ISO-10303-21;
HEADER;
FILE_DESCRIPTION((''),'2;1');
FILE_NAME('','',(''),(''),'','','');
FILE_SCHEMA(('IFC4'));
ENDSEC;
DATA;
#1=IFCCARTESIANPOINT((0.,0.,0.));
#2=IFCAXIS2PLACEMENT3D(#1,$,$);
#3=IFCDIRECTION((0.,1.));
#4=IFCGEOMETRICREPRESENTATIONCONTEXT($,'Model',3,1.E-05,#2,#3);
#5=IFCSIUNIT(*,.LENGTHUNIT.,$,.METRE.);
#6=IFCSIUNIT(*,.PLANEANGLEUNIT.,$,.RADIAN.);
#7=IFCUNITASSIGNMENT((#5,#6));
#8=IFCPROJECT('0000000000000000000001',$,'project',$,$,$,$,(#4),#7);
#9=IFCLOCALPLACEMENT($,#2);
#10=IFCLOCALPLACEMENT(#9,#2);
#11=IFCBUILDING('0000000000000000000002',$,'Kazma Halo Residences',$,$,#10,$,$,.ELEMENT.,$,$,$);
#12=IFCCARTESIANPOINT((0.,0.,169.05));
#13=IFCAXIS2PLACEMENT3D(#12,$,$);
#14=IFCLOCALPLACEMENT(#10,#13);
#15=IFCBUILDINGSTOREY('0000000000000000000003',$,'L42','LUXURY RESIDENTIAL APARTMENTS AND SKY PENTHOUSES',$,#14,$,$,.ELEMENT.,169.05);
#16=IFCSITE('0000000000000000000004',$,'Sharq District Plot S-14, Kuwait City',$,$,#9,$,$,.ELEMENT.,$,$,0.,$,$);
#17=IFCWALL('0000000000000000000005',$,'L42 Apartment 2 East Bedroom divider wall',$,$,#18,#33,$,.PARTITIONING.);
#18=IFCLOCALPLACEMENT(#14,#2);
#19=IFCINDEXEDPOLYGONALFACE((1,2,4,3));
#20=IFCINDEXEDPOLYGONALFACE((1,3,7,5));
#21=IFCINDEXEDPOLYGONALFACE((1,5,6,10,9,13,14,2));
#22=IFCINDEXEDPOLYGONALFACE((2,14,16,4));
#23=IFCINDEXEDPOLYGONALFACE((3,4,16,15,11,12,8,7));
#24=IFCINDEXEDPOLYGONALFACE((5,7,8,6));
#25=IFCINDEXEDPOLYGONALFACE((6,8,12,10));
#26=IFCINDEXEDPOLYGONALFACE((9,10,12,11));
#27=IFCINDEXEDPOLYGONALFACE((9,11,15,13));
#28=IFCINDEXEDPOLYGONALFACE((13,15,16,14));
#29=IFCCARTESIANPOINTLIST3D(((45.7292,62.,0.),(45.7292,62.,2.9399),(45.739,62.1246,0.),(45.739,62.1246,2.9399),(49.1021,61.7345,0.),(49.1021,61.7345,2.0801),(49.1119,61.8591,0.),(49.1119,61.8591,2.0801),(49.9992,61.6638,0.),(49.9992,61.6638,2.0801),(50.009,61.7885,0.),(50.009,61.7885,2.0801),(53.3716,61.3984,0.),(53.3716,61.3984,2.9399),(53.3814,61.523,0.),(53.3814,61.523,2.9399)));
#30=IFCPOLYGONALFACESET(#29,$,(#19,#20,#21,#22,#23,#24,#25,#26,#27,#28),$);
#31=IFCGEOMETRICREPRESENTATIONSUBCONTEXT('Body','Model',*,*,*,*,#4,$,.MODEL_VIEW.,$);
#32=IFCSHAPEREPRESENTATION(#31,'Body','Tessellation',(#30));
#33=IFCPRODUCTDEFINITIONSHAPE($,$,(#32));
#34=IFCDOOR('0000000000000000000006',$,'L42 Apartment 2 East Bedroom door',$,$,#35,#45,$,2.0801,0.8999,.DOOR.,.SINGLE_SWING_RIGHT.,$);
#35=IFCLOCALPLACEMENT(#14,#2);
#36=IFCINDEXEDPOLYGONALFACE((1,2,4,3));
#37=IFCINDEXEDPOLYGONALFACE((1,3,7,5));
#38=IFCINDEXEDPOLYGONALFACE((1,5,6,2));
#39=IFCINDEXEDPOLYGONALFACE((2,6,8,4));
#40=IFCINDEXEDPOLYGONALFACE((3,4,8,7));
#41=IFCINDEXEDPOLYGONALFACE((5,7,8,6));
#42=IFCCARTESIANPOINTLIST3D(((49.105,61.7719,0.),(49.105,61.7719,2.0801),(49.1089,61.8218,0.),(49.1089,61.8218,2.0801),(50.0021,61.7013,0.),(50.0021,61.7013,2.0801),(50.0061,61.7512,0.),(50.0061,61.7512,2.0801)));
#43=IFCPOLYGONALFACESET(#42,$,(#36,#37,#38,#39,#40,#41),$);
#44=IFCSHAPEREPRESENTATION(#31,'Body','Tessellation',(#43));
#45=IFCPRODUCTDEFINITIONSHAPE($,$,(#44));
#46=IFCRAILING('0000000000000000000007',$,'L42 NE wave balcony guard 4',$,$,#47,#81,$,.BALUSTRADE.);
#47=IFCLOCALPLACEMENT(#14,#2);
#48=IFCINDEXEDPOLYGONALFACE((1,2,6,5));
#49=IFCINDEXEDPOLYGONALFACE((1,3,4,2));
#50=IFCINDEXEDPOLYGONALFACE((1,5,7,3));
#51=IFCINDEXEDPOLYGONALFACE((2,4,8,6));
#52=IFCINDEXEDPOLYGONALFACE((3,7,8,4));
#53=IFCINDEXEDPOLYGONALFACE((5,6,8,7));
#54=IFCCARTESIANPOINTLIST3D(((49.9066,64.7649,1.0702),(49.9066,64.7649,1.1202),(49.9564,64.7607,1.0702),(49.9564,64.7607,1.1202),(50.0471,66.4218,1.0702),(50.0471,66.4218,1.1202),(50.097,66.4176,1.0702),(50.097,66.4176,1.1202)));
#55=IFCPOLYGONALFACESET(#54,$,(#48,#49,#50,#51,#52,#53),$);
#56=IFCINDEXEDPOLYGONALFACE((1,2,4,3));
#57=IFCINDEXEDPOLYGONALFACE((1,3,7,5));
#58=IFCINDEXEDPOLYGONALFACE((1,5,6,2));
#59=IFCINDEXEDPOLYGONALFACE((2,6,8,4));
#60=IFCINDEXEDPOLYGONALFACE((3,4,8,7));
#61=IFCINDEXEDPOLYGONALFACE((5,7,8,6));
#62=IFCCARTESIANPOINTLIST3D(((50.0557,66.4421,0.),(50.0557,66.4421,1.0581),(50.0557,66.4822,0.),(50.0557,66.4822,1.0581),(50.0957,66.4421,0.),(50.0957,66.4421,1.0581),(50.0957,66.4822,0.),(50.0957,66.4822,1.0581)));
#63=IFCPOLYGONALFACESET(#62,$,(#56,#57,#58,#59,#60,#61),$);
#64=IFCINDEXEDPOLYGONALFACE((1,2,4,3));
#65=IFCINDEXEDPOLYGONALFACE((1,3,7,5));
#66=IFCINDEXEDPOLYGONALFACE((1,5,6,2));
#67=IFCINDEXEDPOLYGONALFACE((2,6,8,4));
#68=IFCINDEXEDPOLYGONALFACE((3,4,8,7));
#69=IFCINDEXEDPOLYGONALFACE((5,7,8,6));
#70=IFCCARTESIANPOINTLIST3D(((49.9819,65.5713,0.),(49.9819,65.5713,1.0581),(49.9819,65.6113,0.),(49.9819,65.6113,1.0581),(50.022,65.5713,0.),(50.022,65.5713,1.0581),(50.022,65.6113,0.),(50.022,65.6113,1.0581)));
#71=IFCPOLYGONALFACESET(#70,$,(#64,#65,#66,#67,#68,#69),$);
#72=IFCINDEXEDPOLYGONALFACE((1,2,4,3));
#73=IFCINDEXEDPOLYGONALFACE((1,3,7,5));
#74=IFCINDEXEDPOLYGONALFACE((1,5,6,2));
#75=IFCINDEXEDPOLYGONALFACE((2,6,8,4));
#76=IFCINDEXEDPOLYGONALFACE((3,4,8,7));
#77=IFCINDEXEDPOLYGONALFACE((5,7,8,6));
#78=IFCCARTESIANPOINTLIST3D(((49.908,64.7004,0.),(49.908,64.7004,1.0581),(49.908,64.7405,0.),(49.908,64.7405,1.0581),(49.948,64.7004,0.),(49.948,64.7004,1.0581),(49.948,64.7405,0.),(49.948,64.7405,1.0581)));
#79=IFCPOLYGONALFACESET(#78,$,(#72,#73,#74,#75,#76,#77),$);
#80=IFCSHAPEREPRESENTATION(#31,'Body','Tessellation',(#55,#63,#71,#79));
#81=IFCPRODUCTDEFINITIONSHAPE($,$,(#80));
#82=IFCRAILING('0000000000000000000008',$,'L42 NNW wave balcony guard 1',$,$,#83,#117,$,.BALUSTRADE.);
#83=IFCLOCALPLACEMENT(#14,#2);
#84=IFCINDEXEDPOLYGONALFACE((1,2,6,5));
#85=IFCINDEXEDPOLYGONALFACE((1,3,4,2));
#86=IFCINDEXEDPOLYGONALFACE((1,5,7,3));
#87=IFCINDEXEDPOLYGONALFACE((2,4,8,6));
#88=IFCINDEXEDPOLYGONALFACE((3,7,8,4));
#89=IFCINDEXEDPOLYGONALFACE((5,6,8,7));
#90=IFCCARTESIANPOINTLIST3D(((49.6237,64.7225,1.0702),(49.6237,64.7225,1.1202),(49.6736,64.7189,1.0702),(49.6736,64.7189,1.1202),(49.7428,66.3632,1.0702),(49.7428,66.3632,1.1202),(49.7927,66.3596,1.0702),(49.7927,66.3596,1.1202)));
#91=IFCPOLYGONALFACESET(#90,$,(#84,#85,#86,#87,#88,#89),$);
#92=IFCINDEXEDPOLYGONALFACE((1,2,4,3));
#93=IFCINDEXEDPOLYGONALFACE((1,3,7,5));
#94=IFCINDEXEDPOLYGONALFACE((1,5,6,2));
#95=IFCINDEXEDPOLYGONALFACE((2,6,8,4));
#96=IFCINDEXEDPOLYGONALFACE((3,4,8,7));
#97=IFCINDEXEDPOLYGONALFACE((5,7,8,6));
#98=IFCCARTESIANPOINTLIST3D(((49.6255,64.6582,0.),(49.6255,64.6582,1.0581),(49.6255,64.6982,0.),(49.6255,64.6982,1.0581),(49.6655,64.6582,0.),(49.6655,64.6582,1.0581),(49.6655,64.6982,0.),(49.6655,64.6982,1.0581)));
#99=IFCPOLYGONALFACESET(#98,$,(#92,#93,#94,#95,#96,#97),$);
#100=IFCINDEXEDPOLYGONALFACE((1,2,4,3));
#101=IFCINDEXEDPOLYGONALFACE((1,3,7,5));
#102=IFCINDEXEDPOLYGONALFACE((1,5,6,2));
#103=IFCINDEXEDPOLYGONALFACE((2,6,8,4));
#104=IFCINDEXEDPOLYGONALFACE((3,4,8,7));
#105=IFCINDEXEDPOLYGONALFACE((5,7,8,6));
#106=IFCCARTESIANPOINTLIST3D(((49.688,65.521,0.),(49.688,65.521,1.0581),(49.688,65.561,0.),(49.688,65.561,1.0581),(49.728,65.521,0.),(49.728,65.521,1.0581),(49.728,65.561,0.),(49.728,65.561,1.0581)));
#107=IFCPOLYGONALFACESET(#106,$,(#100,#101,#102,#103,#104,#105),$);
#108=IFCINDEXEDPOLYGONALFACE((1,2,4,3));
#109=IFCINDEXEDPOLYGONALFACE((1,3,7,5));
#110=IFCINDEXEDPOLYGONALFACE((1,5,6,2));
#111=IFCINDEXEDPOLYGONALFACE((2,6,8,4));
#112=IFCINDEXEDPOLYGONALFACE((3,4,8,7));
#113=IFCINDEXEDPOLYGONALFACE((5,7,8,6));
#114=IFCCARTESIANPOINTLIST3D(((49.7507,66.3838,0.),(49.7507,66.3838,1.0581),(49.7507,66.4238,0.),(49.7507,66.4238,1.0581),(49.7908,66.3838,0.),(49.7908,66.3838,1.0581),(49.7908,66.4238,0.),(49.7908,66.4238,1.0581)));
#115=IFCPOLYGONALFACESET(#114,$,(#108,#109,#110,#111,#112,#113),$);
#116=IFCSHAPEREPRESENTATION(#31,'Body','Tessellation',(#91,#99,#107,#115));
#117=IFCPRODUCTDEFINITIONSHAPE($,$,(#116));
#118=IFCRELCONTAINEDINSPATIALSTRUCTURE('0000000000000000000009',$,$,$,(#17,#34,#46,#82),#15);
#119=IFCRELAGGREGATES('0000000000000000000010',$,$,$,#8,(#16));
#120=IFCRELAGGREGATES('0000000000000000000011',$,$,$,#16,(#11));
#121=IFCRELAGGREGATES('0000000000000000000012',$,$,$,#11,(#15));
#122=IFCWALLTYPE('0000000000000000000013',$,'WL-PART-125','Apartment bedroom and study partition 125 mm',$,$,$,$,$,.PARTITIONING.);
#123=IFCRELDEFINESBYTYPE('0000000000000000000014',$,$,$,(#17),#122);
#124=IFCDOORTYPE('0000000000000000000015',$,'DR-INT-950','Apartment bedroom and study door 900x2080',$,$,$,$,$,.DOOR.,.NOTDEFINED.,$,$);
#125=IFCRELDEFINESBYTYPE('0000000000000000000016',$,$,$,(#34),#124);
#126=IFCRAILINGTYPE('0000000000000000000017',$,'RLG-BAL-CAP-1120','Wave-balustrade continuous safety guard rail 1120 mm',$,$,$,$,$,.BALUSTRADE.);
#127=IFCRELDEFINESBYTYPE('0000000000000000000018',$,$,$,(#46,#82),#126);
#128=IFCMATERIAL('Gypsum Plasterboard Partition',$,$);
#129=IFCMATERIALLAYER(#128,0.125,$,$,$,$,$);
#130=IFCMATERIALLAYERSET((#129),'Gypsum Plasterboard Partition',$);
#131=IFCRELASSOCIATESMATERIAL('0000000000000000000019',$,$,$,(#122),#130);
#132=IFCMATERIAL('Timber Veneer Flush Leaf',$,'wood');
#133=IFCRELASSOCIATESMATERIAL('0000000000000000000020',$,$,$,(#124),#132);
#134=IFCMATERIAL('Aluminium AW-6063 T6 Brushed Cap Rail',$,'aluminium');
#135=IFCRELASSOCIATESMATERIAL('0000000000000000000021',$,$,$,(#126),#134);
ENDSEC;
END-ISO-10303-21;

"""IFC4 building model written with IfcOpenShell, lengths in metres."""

from ifc_helpers import new_model, si_unit, direction, frame, frame_2d, origin, origin_2d, place, context, subcontext, project, spatial, rectangle, extrude, material, layer, layer_set, type_object, element, fill, save


model = new_model("IFC4")

# Units and contexts
model_context = context("Model", 3, precision=1e-05, world=origin(), true_north=direction((0.0, 1.0)))
body_context = subcontext(model_context, "Body", "Model", "MODEL_VIEW")
ifc_project = project(units=[si_unit("LENGTHUNIT", "METRE"), si_unit("PLANEANGLEUNIT", "RADIAN")], contexts=[model_context])

# Site, building, storey
site_placement = place(None, origin())
site = spatial("IfcSite", under=ifc_project, at=site_placement, Name="Sharq District Plot S-14, Kuwait City", CompositionType="ELEMENT", RefElevation=0.0)
building_placement = place(site_placement, origin())
building = spatial("IfcBuilding", under=site, at=building_placement, Name="Kazma Halo Residences", CompositionType="ELEMENT")
storey_placement = place(building_placement, frame((0.0, 0.0, 169.05)))
storey = spatial("IfcBuildingStorey", under=building, at=storey_placement, Name="L42", Description="LUXURY RESIDENTIAL APARTMENTS AND SKY PENTHOUSES", CompositionType="ELEMENT", Elevation=169.05)

# Shared definitions
ifc_material_1 = material(Name="Gypsum Plasterboard Partition")
ifc_layer_1 = layer(ifc_material_1, 0.125)
ifc_layer_set_1 = layer_set([ifc_layer_1], Name="Gypsum Plasterboard Partition")
wall_type_1 = type_object("IfcWallType", Name="WL-PART-125", Description="Apartment bedroom and study partition 125 mm", PredefinedType="PARTITIONING", material=ifc_layer_set_1)

# Wall, opening, door
ifc_material_2 = material(Name="Timber Veneer Flush Leaf", Category="wood")
door_type_1 = type_object("IfcDoorType", Name="DR-INT-950", Description="Apartment bedroom and study door 900x2080", OperationType="NOTDEFINED", PredefinedType="DOOR", material=ifc_material_2)
wall_1_placement = place(storey_placement, frame((53.3765, 61.4607, 0.0), z_axis=(0.0, 0.0, 1.0), x_axis=(-0.996916, 0.078472, 0.0)))
wall_1 = element("IfcWall", 1, at=wall_1_placement, inside=storey, type_object=wall_type_1, Name="L42 Apartment 2 East Bedroom divider wall", PredefinedType="PARTITIONING", context=body_context, shape_type="SweptSolid", body=[
    extrude(rectangle(XDim=7.666, YDim=0.125, at=frame_2d((3.833, 0.0))), origin(), (0.0, 0.0, 1.0), 2.9399),
])
opening_1_placement = place(wall_1_placement, frame((3.3828, 0.0, 0.0)))
opening_1 = element("IfcOpeningElement", 2, at=opening_1_placement, cuts=wall_1, PredefinedType="OPENING", context=body_context, shape_type="SweptSolid", body=[
    extrude(rectangle(XDim=0.8999, YDim=2.0801, at=frame_2d((0.45, 1.04))), frame((0.0, 0.0725, 0.0), z_axis=(0.0, -1.0, 0.0), x_axis=(1.0, 0.0, 0.0)), (0.0, 0.0, 1.0), 0.145),
])
door_1_placement = place(opening_1_placement, origin())
door_1 = element("IfcDoor", 3, at=door_1_placement, inside=storey, type_object=door_type_1, Name="L42 Apartment 2 East Bedroom door", OperationType="SINGLE_SWING_RIGHT", OverallHeight=2.0801, OverallWidth=0.8999, PredefinedType="DOOR", context=body_context, shape_type="SweptSolid", body=[
    extrude(rectangle(XDim=0.8999, YDim=2.0801, at=frame_2d((0.45, 1.04))), frame((0.0, 0.0249, 0.0), z_axis=(0.0, -1.0, 0.0), x_axis=(1.0, 0.0, 0.0)), (0.0, 0.0, 1.0), 0.05),
])
fill(opening_1, door_1)

# Railings
ifc_material_3 = material(Name="Aluminium AW-6063 T6 Brushed Cap Rail", Category="aluminium")
railing_type = type_object("IfcRailingType", Name="RLG-BAL-CAP-1120", Description="Wave-balustrade continuous safety guard rail 1120 mm", PredefinedType="BALUSTRADE", material=ifc_material_3)
railing_1_placement = place(storey_placement, frame((50.0757, 66.4622, 0.0)))
element("IfcRailing", 4, at=railing_1_placement, inside=storey, type_object=railing_type, Name="L42 NE wave balcony guard 4", PredefinedType="BALUSTRADE", context=body_context, shape_type="SweptSolid", body=[
    extrude(rectangle(XDim=0.05, YDim=0.05, at=origin_2d()), frame((-0.0037, -0.0425, 1.0952), z_axis=(-0.084502, -0.996423, 0.0), x_axis=(0.996423, -0.084502, 0.0)), (0.0, 0.0, 1.0), 1.6628),
    extrude(rectangle(XDim=0.04, YDim=0.04, at=origin_2d()), origin(), (0.0, 0.0, 1.0), 1.0581),
    extrude(rectangle(XDim=0.04, YDim=0.04, at=origin_2d()), frame((-0.0737, -0.8708, 0.0)), (0.0, 0.0, 1.0), 1.0581),
    extrude(rectangle(XDim=0.04, YDim=0.04, at=origin_2d()), frame((-0.1477, -1.7417, 0.0)), (0.0, 0.0, 1.0), 1.0581),
])
railing_2_placement = place(storey_placement, frame((49.6455, 64.6782, 0.0)))
element("IfcRailing", 5, at=railing_2_placement, inside=storey, type_object=railing_type, Name="L42 NNW wave balcony guard 1", PredefinedType="BALUSTRADE", context=body_context, shape_type="SweptSolid", body=[
    extrude(rectangle(XDim=0.05, YDim=0.05, at=origin_2d()), frame((0.0032, 0.0425, 1.0952), z_axis=(0.07239, 0.997376, 0.0), x_axis=(-0.997376, 0.07239, 0.0)), (0.0, 0.0, 1.0), 1.645),
    extrude(rectangle(XDim=0.04, YDim=0.04, at=origin_2d()), origin(), (0.0, 0.0, 1.0), 1.0581),
    extrude(rectangle(XDim=0.04, YDim=0.04, at=origin_2d()), frame((0.0625, 0.8628, 0.0)), (0.0, 0.0, 1.0), 1.0581),
    extrude(rectangle(XDim=0.04, YDim=0.04, at=origin_2d()), frame((0.1252, 1.7256, 0.0)), (0.0, 0.0, 1.0), 1.0581),
])

save(model, "model.ifc")
